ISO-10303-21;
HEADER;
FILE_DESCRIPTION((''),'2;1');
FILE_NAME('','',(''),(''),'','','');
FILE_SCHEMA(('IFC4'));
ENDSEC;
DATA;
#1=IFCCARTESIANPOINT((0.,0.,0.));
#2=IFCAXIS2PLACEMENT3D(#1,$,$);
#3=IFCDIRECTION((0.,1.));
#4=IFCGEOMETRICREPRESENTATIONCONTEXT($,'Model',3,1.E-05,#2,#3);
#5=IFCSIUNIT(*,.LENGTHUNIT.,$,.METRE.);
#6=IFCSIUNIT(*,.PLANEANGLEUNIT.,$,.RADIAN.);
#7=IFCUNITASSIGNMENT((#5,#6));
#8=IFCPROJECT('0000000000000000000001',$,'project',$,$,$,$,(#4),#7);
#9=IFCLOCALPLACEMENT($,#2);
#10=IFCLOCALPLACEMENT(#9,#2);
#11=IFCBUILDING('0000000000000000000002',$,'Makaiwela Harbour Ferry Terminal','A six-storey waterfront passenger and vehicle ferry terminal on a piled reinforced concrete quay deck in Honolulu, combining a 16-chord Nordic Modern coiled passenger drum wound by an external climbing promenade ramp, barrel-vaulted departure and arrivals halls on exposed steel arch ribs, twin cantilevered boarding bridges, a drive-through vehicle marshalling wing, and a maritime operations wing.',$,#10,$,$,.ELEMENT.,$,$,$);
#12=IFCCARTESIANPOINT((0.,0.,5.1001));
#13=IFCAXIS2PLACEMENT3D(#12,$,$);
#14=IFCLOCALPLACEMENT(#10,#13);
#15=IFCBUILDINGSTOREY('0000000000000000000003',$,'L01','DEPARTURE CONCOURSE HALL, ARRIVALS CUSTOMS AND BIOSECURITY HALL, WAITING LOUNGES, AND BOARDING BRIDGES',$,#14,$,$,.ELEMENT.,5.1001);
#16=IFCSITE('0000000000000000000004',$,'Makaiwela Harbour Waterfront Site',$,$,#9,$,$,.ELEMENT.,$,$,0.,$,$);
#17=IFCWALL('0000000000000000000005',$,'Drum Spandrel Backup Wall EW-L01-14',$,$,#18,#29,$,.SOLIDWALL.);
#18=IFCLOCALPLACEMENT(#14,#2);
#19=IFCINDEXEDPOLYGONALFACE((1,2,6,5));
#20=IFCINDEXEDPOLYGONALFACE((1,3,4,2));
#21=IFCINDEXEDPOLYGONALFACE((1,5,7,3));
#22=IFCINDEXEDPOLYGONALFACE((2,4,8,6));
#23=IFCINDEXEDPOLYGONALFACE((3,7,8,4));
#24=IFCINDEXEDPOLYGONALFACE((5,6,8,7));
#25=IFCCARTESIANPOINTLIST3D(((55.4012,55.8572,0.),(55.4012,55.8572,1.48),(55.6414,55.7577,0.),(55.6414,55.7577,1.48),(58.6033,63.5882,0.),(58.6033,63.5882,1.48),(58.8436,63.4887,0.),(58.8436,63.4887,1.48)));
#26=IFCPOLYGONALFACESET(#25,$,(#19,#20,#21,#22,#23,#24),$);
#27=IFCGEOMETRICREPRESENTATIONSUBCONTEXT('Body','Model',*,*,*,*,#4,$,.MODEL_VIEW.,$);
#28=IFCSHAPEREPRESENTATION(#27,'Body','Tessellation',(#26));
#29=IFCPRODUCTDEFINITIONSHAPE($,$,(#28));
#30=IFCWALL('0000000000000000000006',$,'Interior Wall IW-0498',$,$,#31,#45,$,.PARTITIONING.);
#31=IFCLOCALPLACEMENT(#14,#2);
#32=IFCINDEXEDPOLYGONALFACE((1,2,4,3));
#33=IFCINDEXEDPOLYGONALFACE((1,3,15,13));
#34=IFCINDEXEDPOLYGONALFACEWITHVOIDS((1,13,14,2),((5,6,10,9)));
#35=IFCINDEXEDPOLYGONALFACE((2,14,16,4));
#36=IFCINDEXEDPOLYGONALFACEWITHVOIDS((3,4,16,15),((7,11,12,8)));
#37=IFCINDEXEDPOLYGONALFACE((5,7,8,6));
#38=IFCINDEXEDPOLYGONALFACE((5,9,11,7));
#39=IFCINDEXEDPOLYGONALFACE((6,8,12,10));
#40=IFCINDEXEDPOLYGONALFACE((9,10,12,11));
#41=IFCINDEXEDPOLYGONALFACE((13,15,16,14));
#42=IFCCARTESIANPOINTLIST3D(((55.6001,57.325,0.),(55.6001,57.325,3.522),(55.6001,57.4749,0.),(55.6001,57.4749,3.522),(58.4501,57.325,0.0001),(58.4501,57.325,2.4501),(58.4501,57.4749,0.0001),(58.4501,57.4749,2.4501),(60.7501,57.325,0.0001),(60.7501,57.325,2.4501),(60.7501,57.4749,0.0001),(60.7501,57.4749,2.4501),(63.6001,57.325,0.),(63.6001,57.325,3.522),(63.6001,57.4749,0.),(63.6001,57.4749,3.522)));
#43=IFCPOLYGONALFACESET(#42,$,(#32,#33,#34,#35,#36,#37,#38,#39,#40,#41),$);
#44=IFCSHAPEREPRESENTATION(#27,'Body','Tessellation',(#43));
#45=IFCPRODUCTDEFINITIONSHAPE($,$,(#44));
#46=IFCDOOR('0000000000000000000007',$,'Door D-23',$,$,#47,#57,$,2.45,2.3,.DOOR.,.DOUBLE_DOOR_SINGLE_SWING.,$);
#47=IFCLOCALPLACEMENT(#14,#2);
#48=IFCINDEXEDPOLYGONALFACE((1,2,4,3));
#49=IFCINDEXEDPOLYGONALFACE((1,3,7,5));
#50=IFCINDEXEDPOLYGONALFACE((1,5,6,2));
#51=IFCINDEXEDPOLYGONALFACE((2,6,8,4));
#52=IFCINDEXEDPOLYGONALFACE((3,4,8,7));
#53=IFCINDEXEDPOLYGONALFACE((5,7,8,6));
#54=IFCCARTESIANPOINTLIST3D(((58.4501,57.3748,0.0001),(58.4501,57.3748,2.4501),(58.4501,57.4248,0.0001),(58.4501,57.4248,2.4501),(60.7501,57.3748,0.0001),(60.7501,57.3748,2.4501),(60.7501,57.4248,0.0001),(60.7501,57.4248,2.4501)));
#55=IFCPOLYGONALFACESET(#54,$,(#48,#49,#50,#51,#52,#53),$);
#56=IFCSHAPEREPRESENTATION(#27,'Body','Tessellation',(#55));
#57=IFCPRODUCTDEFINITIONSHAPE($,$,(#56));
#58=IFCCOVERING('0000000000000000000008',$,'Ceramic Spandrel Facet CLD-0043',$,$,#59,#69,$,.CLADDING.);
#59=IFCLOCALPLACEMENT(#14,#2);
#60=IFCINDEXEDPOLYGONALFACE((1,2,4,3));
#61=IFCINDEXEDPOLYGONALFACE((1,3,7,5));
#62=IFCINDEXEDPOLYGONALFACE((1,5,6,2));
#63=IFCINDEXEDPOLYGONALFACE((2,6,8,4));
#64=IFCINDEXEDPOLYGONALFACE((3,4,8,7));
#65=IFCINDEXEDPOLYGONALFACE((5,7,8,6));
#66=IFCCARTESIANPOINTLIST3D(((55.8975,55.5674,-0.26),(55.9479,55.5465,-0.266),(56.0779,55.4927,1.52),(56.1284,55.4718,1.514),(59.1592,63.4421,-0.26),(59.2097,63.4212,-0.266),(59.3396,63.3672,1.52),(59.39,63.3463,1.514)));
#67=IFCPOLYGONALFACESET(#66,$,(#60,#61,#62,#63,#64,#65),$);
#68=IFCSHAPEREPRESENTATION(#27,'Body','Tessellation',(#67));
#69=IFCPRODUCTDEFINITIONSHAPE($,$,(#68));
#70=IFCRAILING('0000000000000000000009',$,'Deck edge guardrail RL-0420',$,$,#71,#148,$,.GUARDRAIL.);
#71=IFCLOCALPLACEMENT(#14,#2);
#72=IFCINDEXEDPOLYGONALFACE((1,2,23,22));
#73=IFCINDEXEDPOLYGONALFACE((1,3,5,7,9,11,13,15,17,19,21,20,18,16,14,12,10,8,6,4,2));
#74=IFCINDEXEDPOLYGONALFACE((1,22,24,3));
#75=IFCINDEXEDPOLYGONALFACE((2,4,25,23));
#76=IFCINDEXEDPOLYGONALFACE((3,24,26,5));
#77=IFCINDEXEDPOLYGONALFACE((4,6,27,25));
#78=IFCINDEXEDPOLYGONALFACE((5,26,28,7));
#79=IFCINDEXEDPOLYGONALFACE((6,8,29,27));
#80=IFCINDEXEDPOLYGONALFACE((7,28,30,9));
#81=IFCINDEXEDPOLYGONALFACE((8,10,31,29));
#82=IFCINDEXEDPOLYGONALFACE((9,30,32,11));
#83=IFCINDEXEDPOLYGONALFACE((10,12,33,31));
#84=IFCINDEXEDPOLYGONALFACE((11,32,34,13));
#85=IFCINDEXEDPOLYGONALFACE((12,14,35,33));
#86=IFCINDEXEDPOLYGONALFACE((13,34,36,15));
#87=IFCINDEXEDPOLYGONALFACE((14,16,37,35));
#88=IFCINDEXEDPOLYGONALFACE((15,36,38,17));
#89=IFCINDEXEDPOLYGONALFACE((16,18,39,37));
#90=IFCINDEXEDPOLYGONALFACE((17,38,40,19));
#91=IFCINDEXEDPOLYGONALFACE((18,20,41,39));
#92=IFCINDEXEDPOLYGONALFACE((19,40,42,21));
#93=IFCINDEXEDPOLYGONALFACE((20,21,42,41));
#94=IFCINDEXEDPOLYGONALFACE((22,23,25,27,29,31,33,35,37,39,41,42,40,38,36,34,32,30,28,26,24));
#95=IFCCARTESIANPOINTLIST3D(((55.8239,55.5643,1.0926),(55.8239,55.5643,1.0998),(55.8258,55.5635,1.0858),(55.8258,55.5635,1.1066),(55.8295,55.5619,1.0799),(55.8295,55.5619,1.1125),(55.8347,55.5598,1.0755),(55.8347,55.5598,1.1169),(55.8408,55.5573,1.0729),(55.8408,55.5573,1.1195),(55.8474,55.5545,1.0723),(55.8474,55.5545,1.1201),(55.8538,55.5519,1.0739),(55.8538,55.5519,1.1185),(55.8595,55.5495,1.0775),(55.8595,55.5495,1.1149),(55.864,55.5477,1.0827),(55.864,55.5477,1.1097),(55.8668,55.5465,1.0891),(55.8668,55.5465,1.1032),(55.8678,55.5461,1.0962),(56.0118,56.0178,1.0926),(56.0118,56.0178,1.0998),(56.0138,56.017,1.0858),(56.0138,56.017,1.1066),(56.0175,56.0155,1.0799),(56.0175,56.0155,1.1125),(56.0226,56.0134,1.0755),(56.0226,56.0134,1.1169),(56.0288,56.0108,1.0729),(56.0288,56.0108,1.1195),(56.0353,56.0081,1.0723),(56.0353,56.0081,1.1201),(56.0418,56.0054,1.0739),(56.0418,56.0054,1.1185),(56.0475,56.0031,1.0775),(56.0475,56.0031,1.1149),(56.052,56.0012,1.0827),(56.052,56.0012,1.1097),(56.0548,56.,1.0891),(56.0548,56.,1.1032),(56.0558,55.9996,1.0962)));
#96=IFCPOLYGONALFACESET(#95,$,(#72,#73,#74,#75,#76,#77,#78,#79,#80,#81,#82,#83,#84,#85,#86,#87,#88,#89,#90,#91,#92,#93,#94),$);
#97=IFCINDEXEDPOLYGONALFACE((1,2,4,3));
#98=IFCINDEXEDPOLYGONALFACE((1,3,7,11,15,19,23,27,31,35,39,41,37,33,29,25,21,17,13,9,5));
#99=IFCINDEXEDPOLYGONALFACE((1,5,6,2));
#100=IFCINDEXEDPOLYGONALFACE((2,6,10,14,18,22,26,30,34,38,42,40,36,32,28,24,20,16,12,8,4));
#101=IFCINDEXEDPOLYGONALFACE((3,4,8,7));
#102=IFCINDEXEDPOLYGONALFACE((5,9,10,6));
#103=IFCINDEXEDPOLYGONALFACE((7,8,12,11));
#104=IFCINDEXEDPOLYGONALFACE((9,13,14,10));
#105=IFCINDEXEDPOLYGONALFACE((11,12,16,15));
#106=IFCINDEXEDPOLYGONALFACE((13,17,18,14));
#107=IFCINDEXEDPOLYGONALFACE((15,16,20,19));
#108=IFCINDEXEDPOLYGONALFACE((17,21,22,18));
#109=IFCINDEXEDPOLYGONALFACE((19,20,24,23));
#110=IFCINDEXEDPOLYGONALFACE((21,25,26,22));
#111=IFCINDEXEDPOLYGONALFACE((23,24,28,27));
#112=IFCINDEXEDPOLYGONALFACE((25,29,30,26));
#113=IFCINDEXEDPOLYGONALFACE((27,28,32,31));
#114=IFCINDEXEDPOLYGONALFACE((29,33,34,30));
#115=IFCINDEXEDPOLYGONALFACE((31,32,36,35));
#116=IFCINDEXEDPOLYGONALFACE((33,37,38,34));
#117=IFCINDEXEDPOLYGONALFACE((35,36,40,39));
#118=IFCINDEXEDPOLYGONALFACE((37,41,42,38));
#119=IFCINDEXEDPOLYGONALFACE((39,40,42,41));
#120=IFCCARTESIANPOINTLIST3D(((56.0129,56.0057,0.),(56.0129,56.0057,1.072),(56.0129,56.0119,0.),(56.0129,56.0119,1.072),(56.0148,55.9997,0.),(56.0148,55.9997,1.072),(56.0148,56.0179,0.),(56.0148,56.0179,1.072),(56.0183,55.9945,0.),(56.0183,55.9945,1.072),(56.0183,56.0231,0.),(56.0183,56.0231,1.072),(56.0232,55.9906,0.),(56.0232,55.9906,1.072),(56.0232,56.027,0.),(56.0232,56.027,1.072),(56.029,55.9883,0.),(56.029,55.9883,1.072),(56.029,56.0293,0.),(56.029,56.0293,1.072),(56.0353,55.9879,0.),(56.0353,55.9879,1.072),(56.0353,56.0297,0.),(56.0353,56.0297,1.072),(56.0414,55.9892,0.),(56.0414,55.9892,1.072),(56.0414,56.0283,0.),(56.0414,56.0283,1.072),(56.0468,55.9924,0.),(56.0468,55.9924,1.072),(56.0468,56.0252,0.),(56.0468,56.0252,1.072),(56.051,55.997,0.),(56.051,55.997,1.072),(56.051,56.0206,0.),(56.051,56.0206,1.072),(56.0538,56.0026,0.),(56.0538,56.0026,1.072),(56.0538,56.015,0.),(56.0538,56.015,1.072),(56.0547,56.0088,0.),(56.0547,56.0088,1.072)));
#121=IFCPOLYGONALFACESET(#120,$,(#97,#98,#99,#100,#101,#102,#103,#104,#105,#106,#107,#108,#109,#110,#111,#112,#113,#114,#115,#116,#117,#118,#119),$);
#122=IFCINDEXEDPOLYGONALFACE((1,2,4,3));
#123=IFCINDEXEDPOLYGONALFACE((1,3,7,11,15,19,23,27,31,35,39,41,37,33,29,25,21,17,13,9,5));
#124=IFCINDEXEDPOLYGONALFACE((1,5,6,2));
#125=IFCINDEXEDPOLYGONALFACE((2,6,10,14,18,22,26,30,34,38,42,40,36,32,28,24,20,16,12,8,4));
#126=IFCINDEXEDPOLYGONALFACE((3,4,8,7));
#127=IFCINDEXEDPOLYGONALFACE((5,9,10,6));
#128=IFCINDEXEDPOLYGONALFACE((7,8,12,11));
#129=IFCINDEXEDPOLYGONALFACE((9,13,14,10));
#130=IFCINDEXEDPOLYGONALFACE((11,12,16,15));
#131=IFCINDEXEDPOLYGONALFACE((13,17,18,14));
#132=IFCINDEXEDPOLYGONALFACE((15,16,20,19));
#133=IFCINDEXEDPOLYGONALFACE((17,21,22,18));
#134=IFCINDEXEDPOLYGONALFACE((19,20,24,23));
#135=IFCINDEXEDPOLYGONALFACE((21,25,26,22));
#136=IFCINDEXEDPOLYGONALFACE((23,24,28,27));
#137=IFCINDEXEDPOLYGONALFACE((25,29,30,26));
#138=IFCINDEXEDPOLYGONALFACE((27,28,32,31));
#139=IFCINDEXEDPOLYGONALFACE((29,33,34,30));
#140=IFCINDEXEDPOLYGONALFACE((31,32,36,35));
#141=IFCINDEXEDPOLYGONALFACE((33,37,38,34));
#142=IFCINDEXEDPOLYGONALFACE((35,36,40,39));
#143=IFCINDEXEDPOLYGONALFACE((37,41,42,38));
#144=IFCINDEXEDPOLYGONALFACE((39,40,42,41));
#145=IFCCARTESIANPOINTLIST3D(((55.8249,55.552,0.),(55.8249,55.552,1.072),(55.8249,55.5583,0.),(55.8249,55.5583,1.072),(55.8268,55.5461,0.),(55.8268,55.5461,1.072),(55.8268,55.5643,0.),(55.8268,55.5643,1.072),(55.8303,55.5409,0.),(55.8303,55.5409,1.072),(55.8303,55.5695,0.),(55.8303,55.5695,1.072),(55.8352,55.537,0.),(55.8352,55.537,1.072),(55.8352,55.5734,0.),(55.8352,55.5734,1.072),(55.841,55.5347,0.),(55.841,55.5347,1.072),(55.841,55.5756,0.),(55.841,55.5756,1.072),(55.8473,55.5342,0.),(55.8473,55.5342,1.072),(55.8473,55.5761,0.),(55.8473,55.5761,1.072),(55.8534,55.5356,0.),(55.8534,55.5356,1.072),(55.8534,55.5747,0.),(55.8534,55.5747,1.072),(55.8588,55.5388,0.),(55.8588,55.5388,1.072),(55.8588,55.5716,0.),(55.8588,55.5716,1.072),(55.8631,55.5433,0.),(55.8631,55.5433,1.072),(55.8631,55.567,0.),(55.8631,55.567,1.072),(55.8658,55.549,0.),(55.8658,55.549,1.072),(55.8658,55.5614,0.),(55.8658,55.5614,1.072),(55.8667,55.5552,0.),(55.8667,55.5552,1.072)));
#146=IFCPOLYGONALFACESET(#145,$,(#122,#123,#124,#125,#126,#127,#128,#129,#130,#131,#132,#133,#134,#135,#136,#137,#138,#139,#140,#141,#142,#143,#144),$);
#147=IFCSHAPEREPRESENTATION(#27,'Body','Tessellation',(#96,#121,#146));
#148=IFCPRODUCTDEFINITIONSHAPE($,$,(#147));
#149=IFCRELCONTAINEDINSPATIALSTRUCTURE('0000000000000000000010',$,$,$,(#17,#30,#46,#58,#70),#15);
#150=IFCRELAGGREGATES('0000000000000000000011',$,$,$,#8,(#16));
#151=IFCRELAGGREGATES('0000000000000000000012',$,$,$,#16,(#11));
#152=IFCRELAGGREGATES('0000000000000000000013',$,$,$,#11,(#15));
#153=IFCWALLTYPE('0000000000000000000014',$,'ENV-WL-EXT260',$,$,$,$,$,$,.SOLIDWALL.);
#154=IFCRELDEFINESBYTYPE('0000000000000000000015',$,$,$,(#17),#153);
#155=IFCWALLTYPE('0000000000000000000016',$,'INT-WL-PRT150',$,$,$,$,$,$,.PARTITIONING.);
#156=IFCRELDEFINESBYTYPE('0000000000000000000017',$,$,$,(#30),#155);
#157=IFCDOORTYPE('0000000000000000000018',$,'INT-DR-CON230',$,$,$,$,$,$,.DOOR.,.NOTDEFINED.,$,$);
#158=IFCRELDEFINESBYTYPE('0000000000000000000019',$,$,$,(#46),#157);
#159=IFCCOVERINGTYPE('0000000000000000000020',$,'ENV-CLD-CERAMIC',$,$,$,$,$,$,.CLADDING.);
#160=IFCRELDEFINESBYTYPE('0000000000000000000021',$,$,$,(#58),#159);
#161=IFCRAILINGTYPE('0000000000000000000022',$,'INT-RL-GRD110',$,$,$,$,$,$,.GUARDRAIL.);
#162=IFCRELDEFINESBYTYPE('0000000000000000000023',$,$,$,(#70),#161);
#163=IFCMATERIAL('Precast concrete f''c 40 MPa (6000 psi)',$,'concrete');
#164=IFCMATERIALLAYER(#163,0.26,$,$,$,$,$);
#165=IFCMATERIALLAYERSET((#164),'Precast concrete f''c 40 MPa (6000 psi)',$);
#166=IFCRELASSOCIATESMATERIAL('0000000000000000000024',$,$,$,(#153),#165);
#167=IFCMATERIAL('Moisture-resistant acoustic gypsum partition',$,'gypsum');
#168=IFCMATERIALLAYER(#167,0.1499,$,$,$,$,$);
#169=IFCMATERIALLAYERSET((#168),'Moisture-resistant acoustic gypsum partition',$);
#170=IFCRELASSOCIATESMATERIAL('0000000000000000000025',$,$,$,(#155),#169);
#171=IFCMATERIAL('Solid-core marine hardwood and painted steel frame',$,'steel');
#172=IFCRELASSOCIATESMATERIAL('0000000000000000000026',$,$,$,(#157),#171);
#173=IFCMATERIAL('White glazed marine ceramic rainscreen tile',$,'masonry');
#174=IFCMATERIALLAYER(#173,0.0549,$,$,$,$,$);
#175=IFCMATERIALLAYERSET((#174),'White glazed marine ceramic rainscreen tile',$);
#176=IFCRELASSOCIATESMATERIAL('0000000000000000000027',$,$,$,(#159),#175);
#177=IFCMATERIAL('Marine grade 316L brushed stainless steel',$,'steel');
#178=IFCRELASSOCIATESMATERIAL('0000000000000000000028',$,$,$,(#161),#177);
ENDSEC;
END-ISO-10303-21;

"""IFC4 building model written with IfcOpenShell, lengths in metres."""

from ifc_helpers import new_model, si_unit, direction, frame, frame_2d, origin, origin_2d, place, context, subcontext, project, spatial, polyline, rectangle, circle, outline, extrude, material, layer, layer_set, type_object, element, fill, save


model = new_model("IFC4")

# Units and contexts
model_context = context("Model", 3, precision=1e-05, world=origin(), true_north=direction((0.0, 1.0)))
body_context = subcontext(model_context, "Body", "Model", "MODEL_VIEW")
ifc_project = project(units=[si_unit("LENGTHUNIT", "METRE"), si_unit("PLANEANGLEUNIT", "RADIAN")], contexts=[model_context])

# Site, building, storey
site_placement = place(None, origin())
site = spatial("IfcSite", under=ifc_project, at=site_placement, Name="Makaiwela Harbour Waterfront Site", CompositionType="ELEMENT", RefElevation=0.0)
building_placement = place(site_placement, origin())
building = spatial("IfcBuilding", under=site, at=building_placement, Name="Makaiwela Harbour Ferry Terminal", Description="A six-storey waterfront passenger and vehicle ferry terminal on a piled reinforced concrete quay deck in Honolulu, combining a 16-chord Nordic Modern coiled passenger drum wound by an external climbing promenade ramp, barrel-vaulted departure and arrivals halls on exposed steel arch ribs, twin cantilevered boarding bridges, a drive-through vehicle marshalling wing, and a maritime operations wing.", CompositionType="ELEMENT")
storey_placement = place(building_placement, frame((0.0, 0.0, 5.1001)))
storey = spatial("IfcBuildingStorey", under=building, at=storey_placement, Name="L01", Description="DEPARTURE CONCOURSE HALL, ARRIVALS CUSTOMS AND BIOSECURITY HALL, WAITING LOUNGES, AND BOARDING BRIDGES", CompositionType="ELEMENT", Elevation=5.1001)

# Wall
ifc_material_1 = material(Name="Precast concrete f'c 40 MPa (6000 psi)", Category="concrete")
ifc_layer_1 = layer(ifc_material_1, 0.26)
ifc_layer_set_1 = layer_set([ifc_layer_1], Name="Precast concrete f'c 40 MPa (6000 psi)")
wall_type_1 = type_object("IfcWallType", Name="ENV-WL-EXT260", PredefinedType="SOLIDWALL", material=ifc_layer_set_1)
wall_1_placement = place(storey_placement, frame((55.5212, 55.8074, 0.0), z_axis=(0.0, 0.0, 1.0), x_axis=(0.382671, 0.923885, 0.0)))
element("IfcWall", 1, at=wall_1_placement, inside=storey, type_object=wall_type_1, Name="Drum Spandrel Backup Wall EW-L01-14", PredefinedType="SOLIDWALL", context=body_context, shape_type="SweptSolid", body=[
    extrude(rectangle(XDim=8.3679, YDim=0.26, at=frame_2d((4.1841, 0.0))), origin(), (0.0, 0.0, 1.0), 1.48),
])

# Wall, opening, door
ifc_material_2 = material(Name="Moisture-resistant acoustic gypsum partition", Category="gypsum")
ifc_layer_2 = layer(ifc_material_2, 0.1499)
ifc_layer_set_2 = layer_set([ifc_layer_2], Name="Moisture-resistant acoustic gypsum partition")
wall_type_2 = type_object("IfcWallType", Name="INT-WL-PRT150", PredefinedType="PARTITIONING", material=ifc_layer_set_2)
wall_2_placement = place(storey_placement, frame((55.6001, 57.3999, 0.0), z_axis=(0.0, 0.0, 1.0), x_axis=(1.0, 0.0, 0.0)))
wall_2 = element("IfcWall", 2, at=wall_2_placement, inside=storey, type_object=wall_type_2, Name="Interior Wall IW-0498", PredefinedType="PARTITIONING", context=body_context, shape_type="SweptSolid", body=[
    extrude(rectangle(XDim=8.0, YDim=0.1499, at=frame_2d((4.0, 0.0))), origin(), (0.0, 0.0, 1.0), 3.522),
])
opening_placement = place(wall_2_placement, frame((2.8501, 0.0, 0.0)))
opening = element("IfcOpeningElement", 3, at=opening_placement, cuts=wall_2, PredefinedType="OPENING", context=body_context, shape_type="SweptSolid", body=[
    extrude(rectangle(XDim=2.3, YDim=2.45, at=frame_2d((1.1499, 1.2251))), frame((0.0, 0.085, 0.0), z_axis=(0.0, -1.0, 0.0), x_axis=(1.0, 0.0, 0.0)), (0.0, 0.0, 1.0), 0.1699),
])
ifc_material_3 = material(Name="Solid-core marine hardwood and painted steel frame", Category="steel")
door_type = type_object("IfcDoorType", Name="INT-DR-CON230", OperationType="NOTDEFINED", PredefinedType="DOOR", material=ifc_material_3)
door_placement = place(opening_placement, origin())
door = element("IfcDoor", 4, at=door_placement, inside=storey, type_object=door_type, Name="Door D-23", OperationType="DOUBLE_DOOR_SINGLE_SWING", OverallHeight=2.45, OverallWidth=2.3, PredefinedType="DOOR", context=body_context, shape_type="SweptSolid", body=[
    extrude(rectangle(XDim=2.3, YDim=2.45, at=frame_2d((1.1499, 1.2251))), frame((0.0, 0.0249, 0.0), z_axis=(0.0, -1.0, 0.0), x_axis=(1.0, 0.0, 0.0)), (0.0, 0.0, 1.0), 0.05),
])
fill(opening, door)

# Covering
ifc_material_4 = material(Name="White glazed marine ceramic rainscreen tile", Category="masonry")
ifc_layer_3 = layer(ifc_material_4, 0.0549)
ifc_layer_set_3 = layer_set([ifc_layer_3], Name="White glazed marine ceramic rainscreen tile")
covering_type = type_object("IfcCoveringType", Name="ENV-CLD-CERAMIC", PredefinedType="CLADDING", material=ifc_layer_set_3)
covering_placement = place(storey_placement, frame((55.8975, 55.5674, -0.26), z_axis=(-0.91837, 0.380394, 0.109075), x_axis=(0.382677, 0.923882, -0.000001)))
element("IfcCovering", 5, at=covering_placement, inside=storey, type_object=covering_type, Name="Ceramic Spandrel Facet CLD-0043", PredefinedType="CLADDING", context=body_context, shape_type="SweptSolid", body=[
    extrude(outline(polyline([(0.0, 0.0), (8.5235, 0.0), (8.5233, -1.7907), (0.0, -1.7907), (0.0, 0.0)])), origin(), (0.0, 0.0, -1.0), 0.0549),
])

# Railing
ifc_material_5 = material(Name="Marine grade 316L brushed stainless steel", Category="steel")
railing_type = type_object("IfcRailingType", Name="INT-RL-GRD110", PredefinedType="GUARDRAIL", material=ifc_material_5)
railing_1_placement = place(storey_placement, frame((56.0337, 56.0088, 0.0)))
element("IfcRailing", 6, at=railing_1_placement, inside=storey, type_object=railing_type, Name="Deck edge guardrail RL-0420", PredefinedType="GUARDRAIL", context=body_context, shape_type="SweptSolid", body=[
    extrude(circle(Radius=0.0239, at=origin_2d()), frame((0.0, 0.0, 1.0962), z_axis=(-0.382849, -0.923811, 0.0), x_axis=(0.923811, -0.382849, 0.0)), (0.0, 0.0, 1.0), 0.491),
    extrude(circle(Radius=0.021, at=origin_2d()), origin(), (0.0, 0.0, 1.0), 1.072),
    extrude(circle(Radius=0.021, at=origin_2d()), frame((-0.188, -0.4536, 0.0)), (0.0, 0.0, 1.0), 1.072),
])

save(model, "model.ifc")
